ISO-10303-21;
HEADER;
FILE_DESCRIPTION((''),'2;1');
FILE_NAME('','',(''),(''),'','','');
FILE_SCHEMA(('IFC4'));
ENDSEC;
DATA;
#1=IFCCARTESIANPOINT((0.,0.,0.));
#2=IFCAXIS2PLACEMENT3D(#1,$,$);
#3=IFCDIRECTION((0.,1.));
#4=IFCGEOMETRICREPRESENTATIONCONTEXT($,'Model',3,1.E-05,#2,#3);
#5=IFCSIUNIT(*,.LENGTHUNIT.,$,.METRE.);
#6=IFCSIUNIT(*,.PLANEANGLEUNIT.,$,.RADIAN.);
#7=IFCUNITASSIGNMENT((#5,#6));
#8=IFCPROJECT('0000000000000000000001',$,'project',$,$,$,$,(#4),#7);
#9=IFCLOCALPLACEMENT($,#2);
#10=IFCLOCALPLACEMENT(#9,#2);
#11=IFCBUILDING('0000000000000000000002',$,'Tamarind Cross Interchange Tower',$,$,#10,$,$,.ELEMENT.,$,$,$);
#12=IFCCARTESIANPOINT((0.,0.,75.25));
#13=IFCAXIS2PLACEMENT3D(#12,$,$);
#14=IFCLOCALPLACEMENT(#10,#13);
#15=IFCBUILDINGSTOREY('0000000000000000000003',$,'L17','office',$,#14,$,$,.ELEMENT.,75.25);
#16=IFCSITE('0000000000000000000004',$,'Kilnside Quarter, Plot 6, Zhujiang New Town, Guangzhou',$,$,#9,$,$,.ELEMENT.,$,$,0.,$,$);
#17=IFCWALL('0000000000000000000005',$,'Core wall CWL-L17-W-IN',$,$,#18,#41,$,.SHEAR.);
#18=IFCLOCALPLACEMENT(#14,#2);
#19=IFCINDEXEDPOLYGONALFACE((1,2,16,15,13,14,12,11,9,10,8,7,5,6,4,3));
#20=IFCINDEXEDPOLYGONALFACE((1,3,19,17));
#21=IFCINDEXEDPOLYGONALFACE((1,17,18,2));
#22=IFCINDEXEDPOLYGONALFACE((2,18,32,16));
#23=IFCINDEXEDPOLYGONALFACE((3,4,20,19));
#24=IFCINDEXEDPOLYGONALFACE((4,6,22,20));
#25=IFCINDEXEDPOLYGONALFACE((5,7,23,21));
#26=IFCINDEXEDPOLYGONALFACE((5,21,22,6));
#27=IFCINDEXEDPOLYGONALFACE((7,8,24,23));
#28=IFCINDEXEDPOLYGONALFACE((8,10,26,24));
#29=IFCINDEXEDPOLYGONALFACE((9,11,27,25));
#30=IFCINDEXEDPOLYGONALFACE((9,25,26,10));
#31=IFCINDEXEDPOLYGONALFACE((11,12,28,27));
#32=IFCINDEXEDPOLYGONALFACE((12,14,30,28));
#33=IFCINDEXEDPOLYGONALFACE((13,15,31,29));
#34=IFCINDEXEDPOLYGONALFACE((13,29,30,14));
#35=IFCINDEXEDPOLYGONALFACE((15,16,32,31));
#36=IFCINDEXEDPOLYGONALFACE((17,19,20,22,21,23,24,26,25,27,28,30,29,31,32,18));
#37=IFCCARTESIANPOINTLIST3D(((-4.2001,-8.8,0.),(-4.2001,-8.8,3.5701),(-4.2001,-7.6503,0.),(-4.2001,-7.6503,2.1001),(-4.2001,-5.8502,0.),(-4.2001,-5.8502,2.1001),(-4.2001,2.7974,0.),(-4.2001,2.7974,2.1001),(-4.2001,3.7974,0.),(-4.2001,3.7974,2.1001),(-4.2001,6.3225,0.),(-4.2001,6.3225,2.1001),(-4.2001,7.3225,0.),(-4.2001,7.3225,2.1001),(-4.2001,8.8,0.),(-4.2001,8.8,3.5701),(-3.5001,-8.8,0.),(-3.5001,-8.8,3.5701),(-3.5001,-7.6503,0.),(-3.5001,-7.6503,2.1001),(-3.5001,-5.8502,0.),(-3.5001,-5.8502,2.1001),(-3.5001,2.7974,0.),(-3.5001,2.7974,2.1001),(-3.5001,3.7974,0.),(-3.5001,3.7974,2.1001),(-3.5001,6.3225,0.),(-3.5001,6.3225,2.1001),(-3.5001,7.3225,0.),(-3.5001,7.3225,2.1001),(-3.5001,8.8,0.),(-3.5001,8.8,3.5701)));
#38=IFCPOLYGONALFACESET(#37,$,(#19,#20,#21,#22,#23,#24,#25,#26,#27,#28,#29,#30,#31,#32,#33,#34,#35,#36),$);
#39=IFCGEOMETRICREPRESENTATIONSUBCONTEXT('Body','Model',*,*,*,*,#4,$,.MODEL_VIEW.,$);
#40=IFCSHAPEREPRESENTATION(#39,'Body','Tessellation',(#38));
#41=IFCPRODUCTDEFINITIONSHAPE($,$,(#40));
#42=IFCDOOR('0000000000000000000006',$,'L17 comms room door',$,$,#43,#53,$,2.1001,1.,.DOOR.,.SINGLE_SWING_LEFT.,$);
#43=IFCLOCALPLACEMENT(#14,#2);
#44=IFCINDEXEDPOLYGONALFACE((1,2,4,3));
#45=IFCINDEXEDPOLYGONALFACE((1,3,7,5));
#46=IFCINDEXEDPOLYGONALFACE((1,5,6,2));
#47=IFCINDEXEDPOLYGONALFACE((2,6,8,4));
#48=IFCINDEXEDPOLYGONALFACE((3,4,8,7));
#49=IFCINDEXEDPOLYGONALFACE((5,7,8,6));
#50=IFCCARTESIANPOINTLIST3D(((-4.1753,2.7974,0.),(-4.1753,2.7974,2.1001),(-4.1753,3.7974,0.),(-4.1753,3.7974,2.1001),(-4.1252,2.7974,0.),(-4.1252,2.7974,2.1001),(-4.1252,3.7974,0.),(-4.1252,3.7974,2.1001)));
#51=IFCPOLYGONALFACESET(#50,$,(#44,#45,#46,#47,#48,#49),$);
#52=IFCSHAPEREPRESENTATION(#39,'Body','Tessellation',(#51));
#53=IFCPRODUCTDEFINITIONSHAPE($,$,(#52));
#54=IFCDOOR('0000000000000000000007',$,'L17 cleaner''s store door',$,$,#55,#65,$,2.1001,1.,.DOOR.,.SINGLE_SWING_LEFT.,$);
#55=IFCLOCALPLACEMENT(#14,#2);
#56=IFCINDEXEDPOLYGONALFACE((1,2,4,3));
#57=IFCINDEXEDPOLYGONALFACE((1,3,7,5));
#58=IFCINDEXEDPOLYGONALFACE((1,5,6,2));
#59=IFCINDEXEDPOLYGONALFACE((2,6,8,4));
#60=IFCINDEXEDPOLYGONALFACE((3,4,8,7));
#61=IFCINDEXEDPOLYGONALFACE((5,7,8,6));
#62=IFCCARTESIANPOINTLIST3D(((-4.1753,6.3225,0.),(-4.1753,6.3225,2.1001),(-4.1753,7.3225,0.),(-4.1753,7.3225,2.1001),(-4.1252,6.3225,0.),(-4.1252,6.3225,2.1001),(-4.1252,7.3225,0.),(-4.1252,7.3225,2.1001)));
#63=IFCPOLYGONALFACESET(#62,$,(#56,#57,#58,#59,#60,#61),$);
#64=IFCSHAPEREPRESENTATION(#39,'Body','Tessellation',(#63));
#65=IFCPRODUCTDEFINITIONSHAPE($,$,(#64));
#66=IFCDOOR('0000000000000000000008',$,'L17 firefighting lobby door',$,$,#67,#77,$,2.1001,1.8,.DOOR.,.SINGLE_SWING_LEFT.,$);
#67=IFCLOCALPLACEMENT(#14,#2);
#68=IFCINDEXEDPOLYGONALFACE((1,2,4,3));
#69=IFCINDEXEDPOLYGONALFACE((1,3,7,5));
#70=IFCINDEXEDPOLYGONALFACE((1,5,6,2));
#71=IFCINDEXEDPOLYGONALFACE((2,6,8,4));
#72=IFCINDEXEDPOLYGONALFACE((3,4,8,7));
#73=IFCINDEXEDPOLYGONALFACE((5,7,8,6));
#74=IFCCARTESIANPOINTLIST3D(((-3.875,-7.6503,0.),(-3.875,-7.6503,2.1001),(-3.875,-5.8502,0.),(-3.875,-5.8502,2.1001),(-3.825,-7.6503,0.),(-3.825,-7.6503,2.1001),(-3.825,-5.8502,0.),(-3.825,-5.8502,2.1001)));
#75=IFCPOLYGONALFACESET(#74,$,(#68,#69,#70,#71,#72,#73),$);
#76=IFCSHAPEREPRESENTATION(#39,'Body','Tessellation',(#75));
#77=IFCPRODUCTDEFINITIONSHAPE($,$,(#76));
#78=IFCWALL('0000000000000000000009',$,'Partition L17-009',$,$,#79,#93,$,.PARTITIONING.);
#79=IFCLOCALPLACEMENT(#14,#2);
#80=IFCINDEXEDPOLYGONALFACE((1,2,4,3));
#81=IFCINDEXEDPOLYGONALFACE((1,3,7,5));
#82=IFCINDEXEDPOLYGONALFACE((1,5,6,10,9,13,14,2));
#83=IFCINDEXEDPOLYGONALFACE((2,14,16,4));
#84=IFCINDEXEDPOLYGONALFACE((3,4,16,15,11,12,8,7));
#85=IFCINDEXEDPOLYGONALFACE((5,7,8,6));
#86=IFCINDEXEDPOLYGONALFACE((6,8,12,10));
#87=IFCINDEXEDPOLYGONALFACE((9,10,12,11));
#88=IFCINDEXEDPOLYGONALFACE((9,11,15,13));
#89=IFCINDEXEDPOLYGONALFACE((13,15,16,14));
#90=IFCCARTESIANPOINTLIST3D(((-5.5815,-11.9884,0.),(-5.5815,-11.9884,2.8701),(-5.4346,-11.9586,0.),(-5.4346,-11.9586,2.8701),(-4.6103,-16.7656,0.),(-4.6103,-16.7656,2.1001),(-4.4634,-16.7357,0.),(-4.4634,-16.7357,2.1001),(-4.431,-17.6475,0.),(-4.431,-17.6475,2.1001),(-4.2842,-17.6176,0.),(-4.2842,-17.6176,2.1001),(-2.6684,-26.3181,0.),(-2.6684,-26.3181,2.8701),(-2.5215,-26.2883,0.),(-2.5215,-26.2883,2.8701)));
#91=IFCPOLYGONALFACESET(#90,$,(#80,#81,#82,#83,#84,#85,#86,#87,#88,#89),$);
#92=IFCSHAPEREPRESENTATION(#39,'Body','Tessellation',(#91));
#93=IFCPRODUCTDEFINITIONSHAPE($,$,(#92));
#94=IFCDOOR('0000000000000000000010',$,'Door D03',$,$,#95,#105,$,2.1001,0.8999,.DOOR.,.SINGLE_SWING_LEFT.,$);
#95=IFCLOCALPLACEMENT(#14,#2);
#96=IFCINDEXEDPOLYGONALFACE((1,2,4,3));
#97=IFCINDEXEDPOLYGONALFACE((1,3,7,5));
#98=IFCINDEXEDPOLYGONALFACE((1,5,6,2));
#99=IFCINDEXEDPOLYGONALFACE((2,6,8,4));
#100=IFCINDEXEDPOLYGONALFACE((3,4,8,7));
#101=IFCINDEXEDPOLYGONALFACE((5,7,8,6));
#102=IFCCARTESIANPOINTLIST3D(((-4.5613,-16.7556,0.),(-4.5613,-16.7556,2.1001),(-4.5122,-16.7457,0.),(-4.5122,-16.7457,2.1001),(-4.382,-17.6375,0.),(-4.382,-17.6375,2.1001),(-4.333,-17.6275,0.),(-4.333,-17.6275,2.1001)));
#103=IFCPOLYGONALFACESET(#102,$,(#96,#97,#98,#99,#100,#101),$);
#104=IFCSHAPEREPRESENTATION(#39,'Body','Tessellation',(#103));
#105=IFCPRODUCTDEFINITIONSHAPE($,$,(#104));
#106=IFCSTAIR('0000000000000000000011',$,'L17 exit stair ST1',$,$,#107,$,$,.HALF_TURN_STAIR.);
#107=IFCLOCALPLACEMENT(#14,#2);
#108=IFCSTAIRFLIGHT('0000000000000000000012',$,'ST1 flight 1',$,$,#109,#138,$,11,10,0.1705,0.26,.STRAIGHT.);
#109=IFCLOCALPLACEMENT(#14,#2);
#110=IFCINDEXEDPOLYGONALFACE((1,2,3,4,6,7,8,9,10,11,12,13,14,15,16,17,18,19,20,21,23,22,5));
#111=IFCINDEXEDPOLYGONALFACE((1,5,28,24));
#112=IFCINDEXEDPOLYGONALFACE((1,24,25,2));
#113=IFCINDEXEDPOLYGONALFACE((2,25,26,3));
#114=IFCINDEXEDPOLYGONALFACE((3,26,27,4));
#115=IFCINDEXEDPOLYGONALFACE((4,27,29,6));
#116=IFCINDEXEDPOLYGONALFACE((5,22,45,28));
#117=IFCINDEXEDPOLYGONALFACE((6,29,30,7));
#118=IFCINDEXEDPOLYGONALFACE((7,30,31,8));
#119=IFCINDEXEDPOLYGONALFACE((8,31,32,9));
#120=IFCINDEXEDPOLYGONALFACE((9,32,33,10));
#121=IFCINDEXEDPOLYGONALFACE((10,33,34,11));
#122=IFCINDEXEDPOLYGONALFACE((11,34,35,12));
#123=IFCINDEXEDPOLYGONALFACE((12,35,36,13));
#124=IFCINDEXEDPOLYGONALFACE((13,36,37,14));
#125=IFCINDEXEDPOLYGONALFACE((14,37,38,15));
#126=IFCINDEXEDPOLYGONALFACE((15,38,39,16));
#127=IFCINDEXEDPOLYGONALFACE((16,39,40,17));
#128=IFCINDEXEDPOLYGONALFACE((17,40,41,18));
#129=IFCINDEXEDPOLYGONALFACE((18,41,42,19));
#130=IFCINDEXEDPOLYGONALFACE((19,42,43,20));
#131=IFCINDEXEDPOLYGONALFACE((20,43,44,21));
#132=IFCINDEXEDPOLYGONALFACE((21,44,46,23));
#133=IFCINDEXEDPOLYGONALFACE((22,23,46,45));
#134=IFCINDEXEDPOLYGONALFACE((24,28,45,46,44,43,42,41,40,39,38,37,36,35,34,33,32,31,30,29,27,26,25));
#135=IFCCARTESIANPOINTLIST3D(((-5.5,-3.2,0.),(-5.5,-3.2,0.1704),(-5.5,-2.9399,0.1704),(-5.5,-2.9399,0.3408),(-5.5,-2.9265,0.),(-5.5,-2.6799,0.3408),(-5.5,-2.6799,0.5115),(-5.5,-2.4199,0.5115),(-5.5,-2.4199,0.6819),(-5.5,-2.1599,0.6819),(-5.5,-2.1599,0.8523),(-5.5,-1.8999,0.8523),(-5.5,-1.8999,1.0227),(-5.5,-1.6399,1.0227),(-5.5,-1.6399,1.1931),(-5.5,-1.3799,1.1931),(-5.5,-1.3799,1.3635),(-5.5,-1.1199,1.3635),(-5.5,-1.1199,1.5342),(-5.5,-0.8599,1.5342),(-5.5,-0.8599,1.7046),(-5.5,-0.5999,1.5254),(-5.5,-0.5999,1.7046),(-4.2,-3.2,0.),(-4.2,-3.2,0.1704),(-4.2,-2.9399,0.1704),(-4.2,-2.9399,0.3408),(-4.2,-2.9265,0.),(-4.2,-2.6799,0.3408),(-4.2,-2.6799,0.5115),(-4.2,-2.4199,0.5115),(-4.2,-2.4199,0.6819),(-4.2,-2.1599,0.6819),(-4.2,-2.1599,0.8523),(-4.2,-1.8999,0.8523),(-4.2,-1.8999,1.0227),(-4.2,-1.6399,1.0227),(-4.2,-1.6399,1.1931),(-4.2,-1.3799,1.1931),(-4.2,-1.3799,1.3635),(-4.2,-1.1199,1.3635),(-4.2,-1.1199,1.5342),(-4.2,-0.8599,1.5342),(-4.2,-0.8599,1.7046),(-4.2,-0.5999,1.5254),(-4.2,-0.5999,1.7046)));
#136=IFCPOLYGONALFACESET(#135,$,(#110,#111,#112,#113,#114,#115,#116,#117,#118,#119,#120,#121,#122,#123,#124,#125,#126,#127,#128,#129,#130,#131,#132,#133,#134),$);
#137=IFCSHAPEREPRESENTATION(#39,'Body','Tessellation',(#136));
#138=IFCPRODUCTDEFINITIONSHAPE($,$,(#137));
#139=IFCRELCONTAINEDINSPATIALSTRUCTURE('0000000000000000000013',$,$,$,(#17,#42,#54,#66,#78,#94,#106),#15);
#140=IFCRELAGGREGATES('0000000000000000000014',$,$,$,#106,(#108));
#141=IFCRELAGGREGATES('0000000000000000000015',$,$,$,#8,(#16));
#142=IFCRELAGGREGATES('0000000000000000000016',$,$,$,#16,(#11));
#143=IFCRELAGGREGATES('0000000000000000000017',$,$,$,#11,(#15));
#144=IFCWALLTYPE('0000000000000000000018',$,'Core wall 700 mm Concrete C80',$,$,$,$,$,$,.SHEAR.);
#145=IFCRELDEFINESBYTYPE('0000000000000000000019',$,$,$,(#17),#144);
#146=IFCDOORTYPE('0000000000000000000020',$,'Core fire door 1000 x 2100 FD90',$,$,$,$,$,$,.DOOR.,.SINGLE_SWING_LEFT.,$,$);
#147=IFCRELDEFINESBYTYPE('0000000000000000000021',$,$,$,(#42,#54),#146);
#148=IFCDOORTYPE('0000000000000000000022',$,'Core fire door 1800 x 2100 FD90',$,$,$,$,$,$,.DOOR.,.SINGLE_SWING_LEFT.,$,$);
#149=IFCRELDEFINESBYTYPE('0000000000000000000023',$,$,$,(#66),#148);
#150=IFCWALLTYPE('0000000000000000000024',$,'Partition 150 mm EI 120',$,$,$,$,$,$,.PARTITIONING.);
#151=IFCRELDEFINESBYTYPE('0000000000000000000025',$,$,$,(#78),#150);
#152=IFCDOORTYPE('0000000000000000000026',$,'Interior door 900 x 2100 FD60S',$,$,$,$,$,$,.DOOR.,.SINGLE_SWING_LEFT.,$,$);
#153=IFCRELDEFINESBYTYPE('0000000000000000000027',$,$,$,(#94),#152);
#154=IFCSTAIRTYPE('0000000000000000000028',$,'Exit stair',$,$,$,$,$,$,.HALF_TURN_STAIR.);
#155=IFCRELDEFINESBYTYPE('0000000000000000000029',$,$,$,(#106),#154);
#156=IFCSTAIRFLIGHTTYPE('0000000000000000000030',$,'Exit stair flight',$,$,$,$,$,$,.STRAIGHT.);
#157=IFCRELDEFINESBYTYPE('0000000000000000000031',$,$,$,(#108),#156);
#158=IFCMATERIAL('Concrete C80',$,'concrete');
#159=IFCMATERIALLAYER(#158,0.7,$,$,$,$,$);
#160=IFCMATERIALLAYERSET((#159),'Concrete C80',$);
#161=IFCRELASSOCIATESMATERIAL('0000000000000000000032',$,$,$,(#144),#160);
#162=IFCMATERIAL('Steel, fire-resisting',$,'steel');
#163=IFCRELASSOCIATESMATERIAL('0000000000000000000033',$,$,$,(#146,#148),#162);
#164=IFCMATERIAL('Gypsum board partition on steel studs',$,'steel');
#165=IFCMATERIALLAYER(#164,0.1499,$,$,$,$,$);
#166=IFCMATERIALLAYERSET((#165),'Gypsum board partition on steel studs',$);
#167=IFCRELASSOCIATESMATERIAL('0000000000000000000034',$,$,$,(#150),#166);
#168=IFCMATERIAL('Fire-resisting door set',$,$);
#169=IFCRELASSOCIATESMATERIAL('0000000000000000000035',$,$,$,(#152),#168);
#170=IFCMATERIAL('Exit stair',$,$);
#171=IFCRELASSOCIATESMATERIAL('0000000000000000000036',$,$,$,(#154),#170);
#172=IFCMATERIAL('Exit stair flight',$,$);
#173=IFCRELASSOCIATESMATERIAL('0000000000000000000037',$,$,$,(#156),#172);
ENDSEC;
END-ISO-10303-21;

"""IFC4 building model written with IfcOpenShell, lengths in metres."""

from ifc_helpers import new_model, si_unit, direction, frame, frame_2d, origin, place, context, subcontext, project, spatial, polyline, rectangle, outline, extrude, material, layer, layer_set, type_object, element, fill, aggregate, save


model = new_model("IFC4")

# Units and contexts
model_context = context("Model", 3, precision=1e-05, world=origin(), true_north=direction((0.0, 1.0)))
body_context = subcontext(model_context, "Body", "Model", "MODEL_VIEW")
ifc_project = project(units=[si_unit("LENGTHUNIT", "METRE"), si_unit("PLANEANGLEUNIT", "RADIAN")], contexts=[model_context])

# Site, building, storey
site_placement = place(None, origin())
site = spatial("IfcSite", under=ifc_project, at=site_placement, Name="Kilnside Quarter, Plot 6, Zhujiang New Town, Guangzhou", CompositionType="ELEMENT", RefElevation=0.0)
building_placement = place(site_placement, origin())
building = spatial("IfcBuilding", under=site, at=building_placement, Name="Tamarind Cross Interchange Tower", CompositionType="ELEMENT")
storey_placement = place(building_placement, frame((0.0, 0.0, 75.25)))
storey = spatial("IfcBuildingStorey", under=building, at=storey_placement, Name="L17", Description="office", CompositionType="ELEMENT", Elevation=75.25)

# Wall, openings, doors
ifc_material_1 = material(Name="Concrete C80", Category="concrete")
ifc_layer_1 = layer(ifc_material_1, 0.7)
ifc_layer_set_1 = layer_set([ifc_layer_1], Name="Concrete C80")
wall_type_1 = type_object("IfcWallType", Name="Core wall 700 mm Concrete C80", PredefinedType="SHEAR", material=ifc_layer_set_1)
wall_1_placement = place(storey_placement, frame((-3.8501, -8.8, 0.0), z_axis=(0.0, 0.0, 1.0), x_axis=(0.0, 1.0, 0.0)))
wall_1 = element("IfcWall", 1, at=wall_1_placement, inside=storey, type_object=wall_type_1, Name="Core wall CWL-L17-W-IN", PredefinedType="SHEAR", context=body_context, shape_type="SweptSolid", body=[
    extrude(rectangle(XDim=17.6001, YDim=0.7, at=frame_2d((8.8, 0.0))), origin(), (0.0, 0.0, 1.0), 3.5701),
])
opening_1_placement = place(wall_1_placement, frame((1.1499, 0.0, 0.0)))
opening_1 = element("IfcOpeningElement", 2, at=opening_1_placement, cuts=wall_1, PredefinedType="OPENING", context=body_context, shape_type="SweptSolid", body=[
    extrude(rectangle(XDim=1.8, YDim=2.1001, at=frame_2d((0.8999, 1.05))), frame((0.0, 0.3599, 0.0), z_axis=(0.0, -1.0, 0.0), x_axis=(1.0, 0.0, 0.0)), (0.0, 0.0, 1.0), 0.72),
])
opening_2_placement = place(wall_1_placement, frame((11.5974, 0.0, 0.0)))
opening_2 = element("IfcOpeningElement", 3, at=opening_2_placement, cuts=wall_1, PredefinedType="OPENING", context=body_context, shape_type="SweptSolid", body=[
    extrude(rectangle(XDim=1.0, YDim=2.1001, at=frame_2d((0.5, 1.05))), frame((0.0, 0.3599, 0.0), z_axis=(0.0, -1.0, 0.0), x_axis=(1.0, 0.0, 0.0)), (0.0, 0.0, 1.0), 0.72),
])
opening_3_placement = place(wall_1_placement, frame((15.1226, 0.0, 0.0)))
opening_3 = element("IfcOpeningElement", 4, at=opening_3_placement, cuts=wall_1, PredefinedType="OPENING", context=body_context, shape_type="SweptSolid", body=[
    extrude(rectangle(XDim=1.0, YDim=2.1001, at=frame_2d((0.5, 1.05))), frame((0.0, 0.3599, 0.0), z_axis=(0.0, -1.0, 0.0), x_axis=(1.0, 0.0, 0.0)), (0.0, 0.0, 1.0), 0.72),
])
ifc_material_2 = material(Name="Steel, fire-resisting", Category="steel")
door_type_1 = type_object("IfcDoorType", Name="Core fire door 1000 x 2100 FD90", OperationType="SINGLE_SWING_LEFT", PredefinedType="DOOR", material=ifc_material_2)
door_1_placement = place(opening_2_placement, origin())
door_1 = element("IfcDoor", 5, at=door_1_placement, inside=storey, type_object=door_type_1, Name="L17 comms room door", OperationType="SINGLE_SWING_LEFT", OverallHeight=2.1001, OverallWidth=1.0, PredefinedType="DOOR", context=body_context, shape_type="SweptSolid", body=[
    extrude(rectangle(XDim=1.0, YDim=2.1001, at=frame_2d((0.5, 1.05))), frame((0.0, 0.3252, 0.0), z_axis=(0.0, -1.0, 0.0), x_axis=(1.0, 0.0, 0.0)), (0.0, 0.0, 1.0), 0.05),
])
fill(opening_2, door_1)
door_2_placement = place(opening_3_placement, origin())
door_2 = element("IfcDoor", 6, at=door_2_placement, inside=storey, type_object=door_type_1, Name="L17 cleaner's store door", OperationType="SINGLE_SWING_LEFT", OverallHeight=2.1001, OverallWidth=1.0, PredefinedType="DOOR", context=body_context, shape_type="SweptSolid", body=[
    extrude(rectangle(XDim=1.0, YDim=2.1001, at=frame_2d((0.5, 1.05))), frame((0.0, 0.3252, 0.0), z_axis=(0.0, -1.0, 0.0), x_axis=(1.0, 0.0, 0.0)), (0.0, 0.0, 1.0), 0.05),
])
fill(opening_3, door_2)
door_type_2 = type_object("IfcDoorType", Name="Core fire door 1800 x 2100 FD90", OperationType="SINGLE_SWING_LEFT", PredefinedType="DOOR", material=ifc_material_2)
door_3_placement = place(opening_1_placement, origin())
door_3 = element("IfcDoor", 7, at=door_3_placement, inside=storey, type_object=door_type_2, Name="L17 firefighting lobby door", OperationType="SINGLE_SWING_LEFT", OverallHeight=2.1001, OverallWidth=1.8, PredefinedType="DOOR", context=body_context, shape_type="SweptSolid", body=[
    extrude(rectangle(XDim=1.8, YDim=2.1001, at=frame_2d((0.8999, 1.05))), frame((0.0, 0.0249, 0.0), z_axis=(0.0, -1.0, 0.0), x_axis=(1.0, 0.0, 0.0)), (0.0, 0.0, 1.0), 0.05),
])
fill(opening_1, door_3)

# Wall, opening, door
ifc_material_3 = material(Name="Gypsum board partition on steel studs", Category="steel")
ifc_layer_2 = layer(ifc_material_3, 0.1499)
ifc_layer_set_2 = layer_set([ifc_layer_2], Name="Gypsum board partition on steel studs")
wall_type_2 = type_object("IfcWallType", Name="Partition 150 mm EI 120", PredefinedType="PARTITIONING", material=ifc_layer_set_2)
wall_2_placement = place(storey_placement, frame((-5.5081, -11.9734, 0.0), z_axis=(0.0, 0.0, 1.0), x_axis=(0.199217, -0.979955, 0.0)))
wall_2 = element("IfcWall", 8, at=wall_2_placement, inside=storey, type_object=wall_type_2, Name="Partition L17-009", PredefinedType="PARTITIONING", context=body_context, shape_type="SweptSolid", body=[
    extrude(rectangle(XDim=14.6228, YDim=0.1499, at=frame_2d((7.3115, 0.0))), origin(), (0.0, 0.0, 1.0), 2.8701),
])
opening_4_placement = place(wall_2_placement, frame((4.875, 0.0, 0.0)))
opening_4 = element("IfcOpeningElement", 9, at=opening_4_placement, cuts=wall_2, PredefinedType="OPENING", context=body_context, shape_type="SweptSolid", body=[
    extrude(rectangle(XDim=0.8999, YDim=2.1001, at=frame_2d((0.45, 1.05))), frame((0.0, 0.085, 0.0), z_axis=(0.0, -1.0, 0.0), x_axis=(1.0, 0.0, 0.0)), (0.0, 0.0, 1.0), 0.1699),
])
ifc_material_4 = material(Name="Fire-resisting door set")
door_type_3 = type_object("IfcDoorType", Name="Interior door 900 x 2100 FD60S", OperationType="SINGLE_SWING_LEFT", PredefinedType="DOOR", material=ifc_material_4)
door_4_placement = place(opening_4_placement, frame((0.8999, 0.0, 0.0), z_axis=(0.0, 0.0, 1.0), x_axis=(-1.0, 0.0, 0.0)))
door_4 = element("IfcDoor", 10, at=door_4_placement, inside=storey, type_object=door_type_3, Name="Door D03", OperationType="SINGLE_SWING_LEFT", OverallHeight=2.1001, OverallWidth=0.8999, PredefinedType="DOOR", context=body_context, shape_type="SweptSolid", body=[
    extrude(rectangle(XDim=0.8999, YDim=2.1001, at=frame_2d((0.45, 1.05))), frame((0.0, 0.0249, 0.0), z_axis=(0.0, -1.0, 0.0), x_axis=(1.0, 0.0, 0.0)), (0.0, 0.0, 1.0), 0.05),
])
fill(opening_4, door_4)

# Stair, stair flight
ifc_material_5 = material(Name="Exit stair")
stair_type = type_object("IfcStairType", Name="Exit stair", PredefinedType="HALF_TURN_STAIR", material=ifc_material_5)
stair_placement = place(storey_placement, origin())
stair = element("IfcStair", 11, at=stair_placement, inside=storey, type_object=stair_type, Name="L17 exit stair ST1", PredefinedType="HALF_TURN_STAIR")
ifc_material_6 = material(Name="Exit stair flight")
stair_flight_type = type_object("IfcStairFlightType", Name="Exit stair flight", PredefinedType="STRAIGHT", material=ifc_material_6)
stair_flight_placement = place(storey_placement, frame((-4.8501, -3.2, 0.0), z_axis=(0.0, 0.0, 1.0), x_axis=(0.0, 1.0, 0.0)))
stair_flight = element("IfcStairFlight", 12, at=stair_flight_placement, type_object=stair_flight_type, Name="ST1 flight 1", NumberOfRisers=11, NumberOfTreads=10, PredefinedType="STRAIGHT", RiserHeight=0.1705, TreadLength=0.26, context=body_context, shape_type="SweptSolid", body=[
    extrude(outline(polyline([(0.0, 0.0), (0.0, 0.1704), (0.26, 0.1704), (0.26, 0.3408), (0.52, 0.3408), (0.52, 0.5115), (0.78, 0.5115), (0.78, 0.6819), (1.04, 0.6819), (1.04, 0.8523), (1.3, 0.8523), (1.3, 1.0227), (1.5601, 1.0227), (1.5601, 1.1931), (1.8201, 1.1931), (1.8201, 1.3635), (2.0801, 1.3635), (2.0801, 1.5342), (2.3401, 1.5342), (2.3401, 1.7046), (2.6001, 1.7046), (2.6001, 1.875), (2.6001, 1.5254), (0.2734, 0.0), (0.0, 0.0)])), frame((0.0, 0.6499, 0.0), z_axis=(0.0, -1.0, 0.0), x_axis=(1.0, 0.0, 0.0)), (0.0, 0.0, 1.0), 1.3),
])
aggregate(stair, [stair_flight])

save(model, "model.ifc")
